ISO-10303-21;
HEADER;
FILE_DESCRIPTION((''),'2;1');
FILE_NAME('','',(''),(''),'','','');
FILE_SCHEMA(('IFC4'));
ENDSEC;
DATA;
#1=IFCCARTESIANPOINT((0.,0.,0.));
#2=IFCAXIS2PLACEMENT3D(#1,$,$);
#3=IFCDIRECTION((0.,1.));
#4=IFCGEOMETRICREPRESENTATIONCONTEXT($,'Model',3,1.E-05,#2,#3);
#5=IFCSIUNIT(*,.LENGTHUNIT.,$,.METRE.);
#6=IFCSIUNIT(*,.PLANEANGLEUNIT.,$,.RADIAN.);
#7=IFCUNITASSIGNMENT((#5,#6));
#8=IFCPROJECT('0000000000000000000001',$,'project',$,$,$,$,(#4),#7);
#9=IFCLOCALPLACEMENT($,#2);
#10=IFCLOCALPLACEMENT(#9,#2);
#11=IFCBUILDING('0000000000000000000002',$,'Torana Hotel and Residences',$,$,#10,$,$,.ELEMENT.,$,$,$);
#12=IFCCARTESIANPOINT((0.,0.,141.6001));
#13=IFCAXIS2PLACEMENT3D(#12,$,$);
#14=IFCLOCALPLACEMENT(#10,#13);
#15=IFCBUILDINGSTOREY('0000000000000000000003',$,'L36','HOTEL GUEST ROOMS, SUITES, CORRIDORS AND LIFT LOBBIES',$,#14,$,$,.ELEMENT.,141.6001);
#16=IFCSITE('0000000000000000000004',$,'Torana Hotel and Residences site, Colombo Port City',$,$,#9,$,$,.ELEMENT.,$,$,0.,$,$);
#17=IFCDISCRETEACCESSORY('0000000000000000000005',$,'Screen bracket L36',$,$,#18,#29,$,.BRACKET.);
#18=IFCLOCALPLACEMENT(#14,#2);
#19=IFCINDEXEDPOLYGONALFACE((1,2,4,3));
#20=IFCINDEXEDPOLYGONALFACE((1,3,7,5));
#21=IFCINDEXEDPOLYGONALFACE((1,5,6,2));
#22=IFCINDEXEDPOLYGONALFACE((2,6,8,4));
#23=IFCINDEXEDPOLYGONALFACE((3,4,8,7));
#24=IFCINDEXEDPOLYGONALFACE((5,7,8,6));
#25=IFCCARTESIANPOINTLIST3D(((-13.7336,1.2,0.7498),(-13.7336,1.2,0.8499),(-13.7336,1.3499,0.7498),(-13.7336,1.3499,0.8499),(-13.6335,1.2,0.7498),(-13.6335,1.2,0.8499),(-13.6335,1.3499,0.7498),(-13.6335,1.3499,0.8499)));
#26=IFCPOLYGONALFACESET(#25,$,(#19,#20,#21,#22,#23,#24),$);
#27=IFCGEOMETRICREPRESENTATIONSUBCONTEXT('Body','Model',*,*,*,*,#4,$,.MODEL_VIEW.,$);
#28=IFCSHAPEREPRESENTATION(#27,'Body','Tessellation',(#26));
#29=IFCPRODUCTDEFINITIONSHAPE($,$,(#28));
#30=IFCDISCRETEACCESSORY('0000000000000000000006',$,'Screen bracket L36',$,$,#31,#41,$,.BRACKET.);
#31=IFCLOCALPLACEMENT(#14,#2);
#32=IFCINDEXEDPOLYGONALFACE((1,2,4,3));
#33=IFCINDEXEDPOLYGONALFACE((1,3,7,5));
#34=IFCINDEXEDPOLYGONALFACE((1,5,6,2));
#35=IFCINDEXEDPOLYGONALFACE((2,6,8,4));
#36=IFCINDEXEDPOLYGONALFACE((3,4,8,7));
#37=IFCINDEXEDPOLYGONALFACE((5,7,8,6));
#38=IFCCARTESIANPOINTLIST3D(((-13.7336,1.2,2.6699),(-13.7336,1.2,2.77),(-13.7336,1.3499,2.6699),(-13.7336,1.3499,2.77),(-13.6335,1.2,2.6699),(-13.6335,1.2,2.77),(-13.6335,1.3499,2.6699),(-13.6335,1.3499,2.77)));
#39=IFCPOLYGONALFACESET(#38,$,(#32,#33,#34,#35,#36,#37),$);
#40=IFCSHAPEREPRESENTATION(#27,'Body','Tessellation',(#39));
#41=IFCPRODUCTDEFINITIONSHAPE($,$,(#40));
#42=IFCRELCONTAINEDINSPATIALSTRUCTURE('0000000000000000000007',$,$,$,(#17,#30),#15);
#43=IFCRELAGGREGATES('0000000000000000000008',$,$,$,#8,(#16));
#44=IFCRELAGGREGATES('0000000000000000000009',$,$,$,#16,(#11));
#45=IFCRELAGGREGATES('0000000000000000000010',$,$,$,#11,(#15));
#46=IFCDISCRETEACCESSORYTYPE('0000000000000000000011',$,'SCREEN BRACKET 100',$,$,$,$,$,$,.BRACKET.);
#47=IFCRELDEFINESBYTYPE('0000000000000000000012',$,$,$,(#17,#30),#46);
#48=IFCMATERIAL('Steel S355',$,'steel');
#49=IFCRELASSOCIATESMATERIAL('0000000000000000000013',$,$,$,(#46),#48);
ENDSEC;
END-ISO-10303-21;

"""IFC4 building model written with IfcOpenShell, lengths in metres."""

from ifc_helpers import new_model, si_unit, direction, frame, origin, origin_2d, place, context, subcontext, project, spatial, rectangle, extrude, material, type_object, element, save


model = new_model("IFC4")

# Units and contexts
model_context = context("Model", 3, precision=1e-05, world=origin(), true_north=direction((0.0, 1.0)))
body_context = subcontext(model_context, "Body", "Model", "MODEL_VIEW")
ifc_project = project(units=[si_unit("LENGTHUNIT", "METRE"), si_unit("PLANEANGLEUNIT", "RADIAN")], contexts=[model_context])

# Site, building, storey
site_placement = place(None, origin())
site = spatial("IfcSite", under=ifc_project, at=site_placement, Name="Torana Hotel and Residences site, Colombo Port City", CompositionType="ELEMENT", RefElevation=0.0)
building_placement = place(site_placement, origin())
building = spatial("IfcBuilding", under=site, at=building_placement, Name="Torana Hotel and Residences", CompositionType="ELEMENT")
storey_placement = place(building_placement, frame((0.0, 0.0, 141.6001)))
storey = spatial("IfcBuildingStorey", under=building, at=storey_placement, Name="L36", Description="HOTEL GUEST ROOMS, SUITES, CORRIDORS AND LIFT LOBBIES", CompositionType="ELEMENT", Elevation=141.6001)

# Discrete accessories
ifc_material_1 = material(Name="Steel S355", Category="steel")
discrete_accessory_type = type_object("IfcDiscreteAccessoryType", Name="SCREEN BRACKET 100", PredefinedType="BRACKET", material=ifc_material_1)
for number, where, z_axis, x_axis, name in (
    (1, (-13.6836, 1.2749, 0.7498), (0.0, 0.0, 1.0), (-1.0, 0.0, 0.0), "Screen bracket L36"),
    (2, (-13.6836, 1.2749, 2.6699), (0.0, 0.0, 1.0), (-1.0, 0.0, 0.0), "Screen bracket L36"),
):
    element("IfcDiscreteAccessory", number, at=place(storey_placement, frame(where, z_axis=z_axis, x_axis=x_axis)), inside=storey, type_object=discrete_accessory_type, Name=name, PredefinedType="BRACKET", context=body_context, shape_type="SweptSolid", body=[
        extrude(rectangle(XDim=0.1001, YDim=0.1499, at=origin_2d()), origin(), (0.0, 0.0, 1.0), 0.1001),
    ])

save(model, "model.ifc")
